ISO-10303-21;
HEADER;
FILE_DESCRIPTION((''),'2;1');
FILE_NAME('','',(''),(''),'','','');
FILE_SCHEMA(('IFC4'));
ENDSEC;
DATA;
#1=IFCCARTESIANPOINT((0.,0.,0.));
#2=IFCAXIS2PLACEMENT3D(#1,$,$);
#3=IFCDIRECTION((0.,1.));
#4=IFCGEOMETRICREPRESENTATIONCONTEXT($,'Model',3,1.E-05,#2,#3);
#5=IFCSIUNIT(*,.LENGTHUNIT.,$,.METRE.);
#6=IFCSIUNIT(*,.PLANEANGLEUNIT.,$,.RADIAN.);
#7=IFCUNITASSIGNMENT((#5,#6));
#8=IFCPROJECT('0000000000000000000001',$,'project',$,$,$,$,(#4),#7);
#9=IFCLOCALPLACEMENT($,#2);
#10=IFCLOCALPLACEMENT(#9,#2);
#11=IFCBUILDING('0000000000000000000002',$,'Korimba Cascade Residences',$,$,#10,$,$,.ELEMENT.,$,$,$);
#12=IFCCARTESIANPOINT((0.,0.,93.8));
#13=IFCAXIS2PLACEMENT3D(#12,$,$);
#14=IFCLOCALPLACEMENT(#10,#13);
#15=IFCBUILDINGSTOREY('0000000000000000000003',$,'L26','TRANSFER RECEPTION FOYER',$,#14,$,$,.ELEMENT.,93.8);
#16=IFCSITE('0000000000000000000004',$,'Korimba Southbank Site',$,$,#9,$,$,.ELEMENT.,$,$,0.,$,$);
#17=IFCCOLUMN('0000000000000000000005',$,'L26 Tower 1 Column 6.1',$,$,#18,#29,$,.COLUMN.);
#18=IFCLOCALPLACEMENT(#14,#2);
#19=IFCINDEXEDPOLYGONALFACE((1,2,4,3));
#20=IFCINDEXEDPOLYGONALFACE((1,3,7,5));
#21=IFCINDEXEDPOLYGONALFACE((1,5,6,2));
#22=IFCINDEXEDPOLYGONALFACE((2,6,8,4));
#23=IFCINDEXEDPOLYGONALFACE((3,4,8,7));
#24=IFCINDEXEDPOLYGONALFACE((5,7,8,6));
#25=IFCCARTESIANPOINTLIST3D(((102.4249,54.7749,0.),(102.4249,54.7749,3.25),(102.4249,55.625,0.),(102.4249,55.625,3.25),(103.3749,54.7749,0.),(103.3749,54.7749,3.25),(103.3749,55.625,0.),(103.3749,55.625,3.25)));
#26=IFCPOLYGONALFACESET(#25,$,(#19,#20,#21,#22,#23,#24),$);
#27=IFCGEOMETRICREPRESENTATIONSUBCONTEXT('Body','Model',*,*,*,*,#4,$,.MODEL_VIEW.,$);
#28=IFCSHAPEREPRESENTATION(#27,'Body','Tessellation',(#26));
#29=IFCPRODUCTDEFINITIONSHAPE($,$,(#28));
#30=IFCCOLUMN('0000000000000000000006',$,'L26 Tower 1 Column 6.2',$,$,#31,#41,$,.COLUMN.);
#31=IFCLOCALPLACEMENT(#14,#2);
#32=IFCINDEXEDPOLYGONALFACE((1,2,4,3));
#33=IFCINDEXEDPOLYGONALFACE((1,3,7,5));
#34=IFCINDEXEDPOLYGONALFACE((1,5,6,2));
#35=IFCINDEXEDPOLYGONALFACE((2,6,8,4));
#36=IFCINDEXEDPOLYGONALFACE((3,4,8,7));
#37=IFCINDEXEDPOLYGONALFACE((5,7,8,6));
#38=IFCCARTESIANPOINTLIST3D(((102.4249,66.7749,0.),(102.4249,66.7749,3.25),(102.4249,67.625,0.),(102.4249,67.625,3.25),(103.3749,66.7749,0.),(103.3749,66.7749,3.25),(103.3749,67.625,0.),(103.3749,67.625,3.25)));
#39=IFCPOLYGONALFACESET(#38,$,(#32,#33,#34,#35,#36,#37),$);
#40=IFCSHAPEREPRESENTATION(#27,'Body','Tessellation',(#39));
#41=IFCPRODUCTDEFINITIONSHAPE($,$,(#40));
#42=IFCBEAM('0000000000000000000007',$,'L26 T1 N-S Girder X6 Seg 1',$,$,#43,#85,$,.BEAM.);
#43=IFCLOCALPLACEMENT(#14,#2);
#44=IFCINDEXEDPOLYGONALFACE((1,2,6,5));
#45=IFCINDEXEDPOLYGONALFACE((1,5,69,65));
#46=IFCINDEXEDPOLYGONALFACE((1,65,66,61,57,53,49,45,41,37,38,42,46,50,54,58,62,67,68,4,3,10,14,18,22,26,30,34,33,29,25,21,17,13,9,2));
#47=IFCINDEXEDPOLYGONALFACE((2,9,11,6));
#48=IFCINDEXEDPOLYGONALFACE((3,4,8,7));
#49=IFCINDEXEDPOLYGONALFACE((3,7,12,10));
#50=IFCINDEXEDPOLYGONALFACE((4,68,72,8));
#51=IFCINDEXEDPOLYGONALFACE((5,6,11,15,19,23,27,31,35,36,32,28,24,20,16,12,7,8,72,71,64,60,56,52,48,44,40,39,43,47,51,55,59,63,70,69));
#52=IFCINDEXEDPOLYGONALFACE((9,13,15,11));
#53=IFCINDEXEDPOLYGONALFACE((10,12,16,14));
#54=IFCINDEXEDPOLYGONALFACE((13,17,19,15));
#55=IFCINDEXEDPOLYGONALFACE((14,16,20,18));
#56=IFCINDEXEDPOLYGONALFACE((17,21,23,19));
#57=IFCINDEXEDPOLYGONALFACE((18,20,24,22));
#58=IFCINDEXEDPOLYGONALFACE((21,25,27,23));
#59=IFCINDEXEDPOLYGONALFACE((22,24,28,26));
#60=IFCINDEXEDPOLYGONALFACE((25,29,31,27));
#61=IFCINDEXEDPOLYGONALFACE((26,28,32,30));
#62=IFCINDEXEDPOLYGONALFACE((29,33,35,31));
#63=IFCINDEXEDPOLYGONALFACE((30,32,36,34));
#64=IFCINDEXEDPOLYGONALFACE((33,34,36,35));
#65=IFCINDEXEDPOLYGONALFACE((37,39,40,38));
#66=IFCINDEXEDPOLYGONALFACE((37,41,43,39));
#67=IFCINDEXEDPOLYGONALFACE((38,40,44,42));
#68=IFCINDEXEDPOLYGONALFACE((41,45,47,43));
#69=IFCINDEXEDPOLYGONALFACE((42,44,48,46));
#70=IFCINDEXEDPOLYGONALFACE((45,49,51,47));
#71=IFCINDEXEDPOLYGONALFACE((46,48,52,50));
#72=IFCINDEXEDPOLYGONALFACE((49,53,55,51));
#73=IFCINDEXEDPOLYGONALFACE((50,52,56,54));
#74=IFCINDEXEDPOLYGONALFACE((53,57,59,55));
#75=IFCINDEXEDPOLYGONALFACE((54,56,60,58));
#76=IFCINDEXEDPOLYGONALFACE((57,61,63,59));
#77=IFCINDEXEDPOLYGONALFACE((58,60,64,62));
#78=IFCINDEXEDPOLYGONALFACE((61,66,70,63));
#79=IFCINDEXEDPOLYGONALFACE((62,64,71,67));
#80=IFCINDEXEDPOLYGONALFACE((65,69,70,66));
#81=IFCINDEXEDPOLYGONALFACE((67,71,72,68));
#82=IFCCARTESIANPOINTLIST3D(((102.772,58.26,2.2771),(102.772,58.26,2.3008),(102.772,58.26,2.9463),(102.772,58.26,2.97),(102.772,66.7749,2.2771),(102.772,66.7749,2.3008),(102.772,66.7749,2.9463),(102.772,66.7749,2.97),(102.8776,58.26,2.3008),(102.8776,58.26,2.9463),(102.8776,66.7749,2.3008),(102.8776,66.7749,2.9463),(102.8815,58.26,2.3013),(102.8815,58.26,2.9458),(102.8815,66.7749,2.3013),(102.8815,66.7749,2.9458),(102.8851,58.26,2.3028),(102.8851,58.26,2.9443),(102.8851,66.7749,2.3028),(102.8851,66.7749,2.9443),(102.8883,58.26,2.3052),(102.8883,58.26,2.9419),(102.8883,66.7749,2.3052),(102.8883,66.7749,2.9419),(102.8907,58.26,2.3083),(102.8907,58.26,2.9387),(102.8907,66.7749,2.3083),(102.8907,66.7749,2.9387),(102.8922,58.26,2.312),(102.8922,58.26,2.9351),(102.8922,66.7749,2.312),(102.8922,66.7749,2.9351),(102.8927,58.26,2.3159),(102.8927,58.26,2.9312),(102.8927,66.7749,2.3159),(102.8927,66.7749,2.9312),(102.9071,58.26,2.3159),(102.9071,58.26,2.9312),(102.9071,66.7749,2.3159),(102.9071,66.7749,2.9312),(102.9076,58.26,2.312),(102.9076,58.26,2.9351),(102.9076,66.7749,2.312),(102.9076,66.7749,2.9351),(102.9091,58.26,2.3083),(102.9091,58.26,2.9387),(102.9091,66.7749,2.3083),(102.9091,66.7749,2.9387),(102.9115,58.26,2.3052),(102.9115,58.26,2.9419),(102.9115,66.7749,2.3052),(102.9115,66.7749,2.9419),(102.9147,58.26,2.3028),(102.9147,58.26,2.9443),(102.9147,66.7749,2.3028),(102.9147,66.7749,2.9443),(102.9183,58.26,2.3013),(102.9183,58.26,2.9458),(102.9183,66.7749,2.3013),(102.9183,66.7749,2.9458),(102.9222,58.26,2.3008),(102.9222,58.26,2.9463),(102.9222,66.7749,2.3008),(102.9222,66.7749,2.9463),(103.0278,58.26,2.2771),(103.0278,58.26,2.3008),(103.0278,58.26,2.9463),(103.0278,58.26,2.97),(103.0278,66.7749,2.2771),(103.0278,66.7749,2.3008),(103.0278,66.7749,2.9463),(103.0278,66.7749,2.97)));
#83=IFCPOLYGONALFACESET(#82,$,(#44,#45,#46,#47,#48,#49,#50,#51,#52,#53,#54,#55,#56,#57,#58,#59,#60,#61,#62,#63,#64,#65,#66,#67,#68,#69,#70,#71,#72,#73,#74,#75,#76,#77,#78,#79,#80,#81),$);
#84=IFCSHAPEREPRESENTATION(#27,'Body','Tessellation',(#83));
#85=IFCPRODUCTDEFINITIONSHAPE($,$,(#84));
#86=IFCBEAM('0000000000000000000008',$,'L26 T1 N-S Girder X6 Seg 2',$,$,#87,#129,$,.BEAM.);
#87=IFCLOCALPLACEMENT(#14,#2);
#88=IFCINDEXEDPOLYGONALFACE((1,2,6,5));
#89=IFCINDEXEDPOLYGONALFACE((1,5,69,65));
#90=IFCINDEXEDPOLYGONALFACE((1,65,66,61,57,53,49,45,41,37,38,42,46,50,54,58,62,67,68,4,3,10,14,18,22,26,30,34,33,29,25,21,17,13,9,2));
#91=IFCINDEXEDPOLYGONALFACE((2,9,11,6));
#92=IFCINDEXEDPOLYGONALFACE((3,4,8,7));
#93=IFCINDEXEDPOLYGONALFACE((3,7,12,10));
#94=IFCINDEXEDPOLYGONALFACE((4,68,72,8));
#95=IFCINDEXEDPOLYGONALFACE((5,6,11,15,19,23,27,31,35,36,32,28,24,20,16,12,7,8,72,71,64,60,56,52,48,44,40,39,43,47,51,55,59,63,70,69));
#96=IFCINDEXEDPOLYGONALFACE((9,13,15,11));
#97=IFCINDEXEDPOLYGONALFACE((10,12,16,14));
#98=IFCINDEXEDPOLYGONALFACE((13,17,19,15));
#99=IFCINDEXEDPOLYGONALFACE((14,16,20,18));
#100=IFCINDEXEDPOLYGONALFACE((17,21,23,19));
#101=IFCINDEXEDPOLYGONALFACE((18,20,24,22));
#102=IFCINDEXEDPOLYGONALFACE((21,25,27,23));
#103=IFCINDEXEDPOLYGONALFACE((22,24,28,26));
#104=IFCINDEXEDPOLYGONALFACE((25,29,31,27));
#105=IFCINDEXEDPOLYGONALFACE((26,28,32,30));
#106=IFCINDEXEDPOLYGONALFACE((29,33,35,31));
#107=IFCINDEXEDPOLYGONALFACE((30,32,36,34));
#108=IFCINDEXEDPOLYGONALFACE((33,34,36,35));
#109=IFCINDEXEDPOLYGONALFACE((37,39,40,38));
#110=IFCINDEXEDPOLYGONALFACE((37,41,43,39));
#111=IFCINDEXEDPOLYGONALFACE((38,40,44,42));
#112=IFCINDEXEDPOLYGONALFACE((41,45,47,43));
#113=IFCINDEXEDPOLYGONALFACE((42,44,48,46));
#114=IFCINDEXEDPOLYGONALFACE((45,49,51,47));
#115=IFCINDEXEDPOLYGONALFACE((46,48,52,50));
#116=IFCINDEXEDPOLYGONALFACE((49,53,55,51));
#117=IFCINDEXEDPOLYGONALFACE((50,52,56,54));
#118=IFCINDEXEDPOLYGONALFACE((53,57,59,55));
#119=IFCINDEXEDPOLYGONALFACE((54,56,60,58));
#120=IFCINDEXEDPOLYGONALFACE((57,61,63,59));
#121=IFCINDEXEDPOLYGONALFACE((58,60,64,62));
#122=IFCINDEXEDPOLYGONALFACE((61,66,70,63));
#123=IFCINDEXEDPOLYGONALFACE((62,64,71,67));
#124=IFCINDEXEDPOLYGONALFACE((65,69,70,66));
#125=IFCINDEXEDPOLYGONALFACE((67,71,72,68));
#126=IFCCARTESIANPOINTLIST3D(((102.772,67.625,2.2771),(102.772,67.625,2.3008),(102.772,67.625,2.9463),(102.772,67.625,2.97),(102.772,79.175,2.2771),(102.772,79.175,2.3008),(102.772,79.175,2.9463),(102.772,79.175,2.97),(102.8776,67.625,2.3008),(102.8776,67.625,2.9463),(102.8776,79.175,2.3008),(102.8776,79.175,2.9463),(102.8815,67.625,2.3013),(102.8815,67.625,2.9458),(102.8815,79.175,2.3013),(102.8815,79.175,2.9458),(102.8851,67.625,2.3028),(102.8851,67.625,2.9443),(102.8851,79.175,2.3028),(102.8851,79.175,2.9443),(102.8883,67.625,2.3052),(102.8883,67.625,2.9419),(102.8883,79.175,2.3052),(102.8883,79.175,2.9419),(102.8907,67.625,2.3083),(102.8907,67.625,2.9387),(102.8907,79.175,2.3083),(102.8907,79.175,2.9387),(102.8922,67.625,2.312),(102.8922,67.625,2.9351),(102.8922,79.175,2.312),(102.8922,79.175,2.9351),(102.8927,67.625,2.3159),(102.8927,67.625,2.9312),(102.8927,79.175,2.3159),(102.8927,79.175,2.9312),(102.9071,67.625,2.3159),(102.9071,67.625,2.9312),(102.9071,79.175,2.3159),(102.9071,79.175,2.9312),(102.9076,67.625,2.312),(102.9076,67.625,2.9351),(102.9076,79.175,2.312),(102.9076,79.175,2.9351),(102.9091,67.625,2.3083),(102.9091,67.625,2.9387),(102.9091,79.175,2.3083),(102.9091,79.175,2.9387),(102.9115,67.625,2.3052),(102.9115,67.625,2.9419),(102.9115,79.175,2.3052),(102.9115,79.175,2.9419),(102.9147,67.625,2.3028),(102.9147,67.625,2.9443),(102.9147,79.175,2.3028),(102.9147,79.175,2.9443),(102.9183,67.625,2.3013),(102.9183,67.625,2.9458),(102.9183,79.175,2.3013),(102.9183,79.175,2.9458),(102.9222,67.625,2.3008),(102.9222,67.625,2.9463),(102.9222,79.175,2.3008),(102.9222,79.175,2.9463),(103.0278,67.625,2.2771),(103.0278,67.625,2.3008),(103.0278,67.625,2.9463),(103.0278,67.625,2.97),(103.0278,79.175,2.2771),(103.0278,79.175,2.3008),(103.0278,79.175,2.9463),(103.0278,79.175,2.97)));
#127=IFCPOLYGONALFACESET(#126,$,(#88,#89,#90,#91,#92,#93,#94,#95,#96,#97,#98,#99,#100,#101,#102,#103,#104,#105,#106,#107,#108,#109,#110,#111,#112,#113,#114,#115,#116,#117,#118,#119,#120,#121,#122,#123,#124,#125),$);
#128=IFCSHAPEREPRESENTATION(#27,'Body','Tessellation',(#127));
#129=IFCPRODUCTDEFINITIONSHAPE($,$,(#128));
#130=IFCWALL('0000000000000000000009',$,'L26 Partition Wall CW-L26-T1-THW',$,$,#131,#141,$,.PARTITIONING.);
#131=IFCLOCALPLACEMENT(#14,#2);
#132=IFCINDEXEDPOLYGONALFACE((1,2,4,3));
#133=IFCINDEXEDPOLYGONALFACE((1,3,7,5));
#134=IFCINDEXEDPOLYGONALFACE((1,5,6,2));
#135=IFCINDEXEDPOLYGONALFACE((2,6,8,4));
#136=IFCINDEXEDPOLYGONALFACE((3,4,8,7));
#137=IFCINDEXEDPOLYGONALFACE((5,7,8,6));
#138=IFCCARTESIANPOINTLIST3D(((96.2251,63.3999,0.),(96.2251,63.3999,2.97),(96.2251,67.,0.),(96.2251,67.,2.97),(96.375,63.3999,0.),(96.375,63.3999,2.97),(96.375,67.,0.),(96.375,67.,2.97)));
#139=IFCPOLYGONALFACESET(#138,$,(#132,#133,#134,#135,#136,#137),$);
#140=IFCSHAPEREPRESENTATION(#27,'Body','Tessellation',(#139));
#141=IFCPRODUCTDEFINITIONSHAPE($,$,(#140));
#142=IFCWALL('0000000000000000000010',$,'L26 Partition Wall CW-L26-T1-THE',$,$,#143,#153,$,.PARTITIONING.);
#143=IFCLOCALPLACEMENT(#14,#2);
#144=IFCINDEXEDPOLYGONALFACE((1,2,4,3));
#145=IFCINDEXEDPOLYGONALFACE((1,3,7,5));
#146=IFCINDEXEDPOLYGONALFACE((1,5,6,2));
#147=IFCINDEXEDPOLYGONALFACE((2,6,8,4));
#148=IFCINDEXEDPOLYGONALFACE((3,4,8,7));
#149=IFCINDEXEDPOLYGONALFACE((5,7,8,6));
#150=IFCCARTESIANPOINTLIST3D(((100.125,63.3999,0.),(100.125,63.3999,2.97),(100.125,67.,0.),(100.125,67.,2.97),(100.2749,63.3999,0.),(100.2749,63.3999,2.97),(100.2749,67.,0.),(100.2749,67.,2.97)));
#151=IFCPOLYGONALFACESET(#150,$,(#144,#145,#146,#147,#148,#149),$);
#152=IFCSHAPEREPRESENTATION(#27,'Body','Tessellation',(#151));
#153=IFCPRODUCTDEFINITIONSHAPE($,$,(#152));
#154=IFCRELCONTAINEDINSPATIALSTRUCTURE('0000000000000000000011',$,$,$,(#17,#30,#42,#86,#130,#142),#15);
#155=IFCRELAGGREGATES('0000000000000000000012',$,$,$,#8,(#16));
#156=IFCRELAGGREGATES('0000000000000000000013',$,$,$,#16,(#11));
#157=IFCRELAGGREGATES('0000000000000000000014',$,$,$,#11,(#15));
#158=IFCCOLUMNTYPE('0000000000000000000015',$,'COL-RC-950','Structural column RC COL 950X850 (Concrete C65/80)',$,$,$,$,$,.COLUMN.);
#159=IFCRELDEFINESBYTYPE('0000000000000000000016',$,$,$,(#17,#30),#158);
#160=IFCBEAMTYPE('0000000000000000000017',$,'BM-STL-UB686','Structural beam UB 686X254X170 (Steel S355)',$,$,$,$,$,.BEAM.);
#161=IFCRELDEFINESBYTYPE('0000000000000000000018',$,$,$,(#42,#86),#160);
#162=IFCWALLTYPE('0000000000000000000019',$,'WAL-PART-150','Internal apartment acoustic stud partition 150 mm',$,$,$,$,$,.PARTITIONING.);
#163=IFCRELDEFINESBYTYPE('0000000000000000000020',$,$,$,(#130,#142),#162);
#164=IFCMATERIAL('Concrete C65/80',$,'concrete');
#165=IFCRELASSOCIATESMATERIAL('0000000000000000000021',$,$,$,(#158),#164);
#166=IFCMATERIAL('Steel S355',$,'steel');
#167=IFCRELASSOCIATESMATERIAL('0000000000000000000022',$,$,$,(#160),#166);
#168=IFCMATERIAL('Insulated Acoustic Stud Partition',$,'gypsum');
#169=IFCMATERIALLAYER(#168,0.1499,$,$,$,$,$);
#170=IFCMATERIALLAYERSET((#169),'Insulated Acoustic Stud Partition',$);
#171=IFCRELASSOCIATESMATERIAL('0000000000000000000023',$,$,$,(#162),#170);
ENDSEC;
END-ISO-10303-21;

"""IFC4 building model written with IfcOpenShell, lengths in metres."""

from ifc_helpers import new_model, si_unit, direction, frame, frame_2d, origin, origin_2d, place, context, subcontext, project, spatial, rectangle, i_section, extrude, material, layer, layer_set, material_profile, profile_set, type_object, element, save


model = new_model("IFC4")

# Units and contexts
model_context = context("Model", 3, precision=1e-05, world=origin(), true_north=direction((0.0, 1.0)))
body_context = subcontext(model_context, "Body", "Model", "MODEL_VIEW")
ifc_project = project(units=[si_unit("LENGTHUNIT", "METRE"), si_unit("PLANEANGLEUNIT", "RADIAN")], contexts=[model_context])

# Site, building, storey
site_placement = place(None, origin())
site = spatial("IfcSite", under=ifc_project, at=site_placement, Name="Korimba Southbank Site", CompositionType="ELEMENT", RefElevation=0.0)
building_placement = place(site_placement, origin())
building = spatial("IfcBuilding", under=site, at=building_placement, Name="Korimba Cascade Residences", CompositionType="ELEMENT")
storey_placement = place(building_placement, frame((0.0, 0.0, 93.8)))
storey = spatial("IfcBuildingStorey", under=building, at=storey_placement, Name="L26", Description="TRANSFER RECEPTION FOYER", CompositionType="ELEMENT", Elevation=93.8)

# Columns
ifc_material_1 = material(Name="Concrete C65/80", Category="concrete")
ifc_material_profile_1 = material_profile(ifc_material_1, rectangle(XDim=0.95, YDim=0.8501, at=origin_2d()), Name="Concrete C65/80")
ifc_profile_set_1 = profile_set([ifc_material_profile_1], Name="Concrete C65/80")
column_type = type_object("IfcColumnType", Name="COL-RC-950", Description="Structural column RC COL 950X850 (Concrete C65/80)", PredefinedType="COLUMN", material=ifc_profile_set_1)
for number, where, z_axis, x_axis, name in (
    (1, (102.8999, 55.2, 0.0), (0.0, 0.0, 1.0), (1.0, 0.0, 0.0), "L26 Tower 1 Column 6.1"),
    (2, (102.8999, 67.2, 0.0), (0.0, 0.0, 1.0), (1.0, 0.0, 0.0), "L26 Tower 1 Column 6.2"),
):
    element("IfcColumn", number, at=place(storey_placement, frame(where, z_axis=z_axis, x_axis=x_axis)), inside=storey, type_object=column_type, Name=name, PredefinedType="COLUMN", context=body_context, shape_type="SweptSolid", body=[
        extrude(rectangle(XDim=0.95, YDim=0.8501, at=origin_2d()), origin(), (0.0, 0.0, 1.0), 3.25),
    ])

# Beams
ifc_material_2 = material(Name="Steel S355", Category="steel")
ifc_material_profile_2 = material_profile(ifc_material_2, i_section(OverallWidth=0.2559, OverallDepth=0.6929, WebThickness=0.0144, FlangeThickness=0.0237, FilletRadius=0.0151, at=origin_2d()), Name="Steel S355")
ifc_profile_set_2 = profile_set([ifc_material_profile_2], Name="Steel S355")
beam_type = type_object("IfcBeamType", Name="BM-STL-UB686", Description="Structural beam UB 686X254X170 (Steel S355)", PredefinedType="BEAM", material=ifc_profile_set_2)
beam_1_placement = place(storey_placement, frame((102.8999, 58.26, 2.6235), z_axis=(0.0, 1.0, 0.0), x_axis=(-1.0, 0.0, 0.0)))
element("IfcBeam", 3, at=beam_1_placement, inside=storey, type_object=beam_type, Name="L26 T1 N-S Girder X6 Seg 1", PredefinedType="BEAM", context=body_context, shape_type="SweptSolid", body=[
    extrude(i_section(OverallWidth=0.2559, OverallDepth=0.6929, WebThickness=0.0144, FlangeThickness=0.0237, FilletRadius=0.0151, at=origin_2d()), origin(), (0.0, 0.0, 1.0), 8.5149),
])
beam_2_placement = place(storey_placement, frame((102.8999, 67.625, 2.6235), z_axis=(0.0, 1.0, 0.0), x_axis=(-1.0, 0.0, 0.0)))
element("IfcBeam", 4, at=beam_2_placement, inside=storey, type_object=beam_type, Name="L26 T1 N-S Girder X6 Seg 2", PredefinedType="BEAM", context=body_context, shape_type="SweptSolid", body=[
    extrude(i_section(OverallWidth=0.2559, OverallDepth=0.6929, WebThickness=0.0144, FlangeThickness=0.0237, FilletRadius=0.0151, at=origin_2d()), origin(), (0.0, 0.0, 1.0), 11.55),
])

# Walls
ifc_material_3 = material(Name="Insulated Acoustic Stud Partition", Category="gypsum")
ifc_layer_1 = layer(ifc_material_3, 0.1499)
ifc_layer_set_1 = layer_set([ifc_layer_1], Name="Insulated Acoustic Stud Partition")
wall_type_1 = type_object("IfcWallType", Name="WAL-PART-150", Description="Internal apartment acoustic stud partition 150 mm", PredefinedType="PARTITIONING", material=ifc_layer_set_1)
for number, where, z_axis, x_axis, name in (
    (5, (96.3, 63.3999, 0.0), (0.0, 0.0, 1.0), (0.0, 1.0, 0.0), "L26 Partition Wall CW-L26-T1-THW"),
    (6, (100.2, 63.3999, 0.0), (0.0, 0.0, 1.0), (0.0, 1.0, 0.0), "L26 Partition Wall CW-L26-T1-THE"),
):
    element("IfcWall", number, at=place(storey_placement, frame(where, z_axis=z_axis, x_axis=x_axis)), inside=storey, type_object=wall_type_1, Name=name, PredefinedType="PARTITIONING", context=body_context, shape_type="SweptSolid", body=[
        extrude(rectangle(XDim=3.6001, YDim=0.1499, at=frame_2d((1.8, 0.0))), origin(), (0.0, 0.0, 1.0), 2.97),
    ])

save(model, "model.ifc")
